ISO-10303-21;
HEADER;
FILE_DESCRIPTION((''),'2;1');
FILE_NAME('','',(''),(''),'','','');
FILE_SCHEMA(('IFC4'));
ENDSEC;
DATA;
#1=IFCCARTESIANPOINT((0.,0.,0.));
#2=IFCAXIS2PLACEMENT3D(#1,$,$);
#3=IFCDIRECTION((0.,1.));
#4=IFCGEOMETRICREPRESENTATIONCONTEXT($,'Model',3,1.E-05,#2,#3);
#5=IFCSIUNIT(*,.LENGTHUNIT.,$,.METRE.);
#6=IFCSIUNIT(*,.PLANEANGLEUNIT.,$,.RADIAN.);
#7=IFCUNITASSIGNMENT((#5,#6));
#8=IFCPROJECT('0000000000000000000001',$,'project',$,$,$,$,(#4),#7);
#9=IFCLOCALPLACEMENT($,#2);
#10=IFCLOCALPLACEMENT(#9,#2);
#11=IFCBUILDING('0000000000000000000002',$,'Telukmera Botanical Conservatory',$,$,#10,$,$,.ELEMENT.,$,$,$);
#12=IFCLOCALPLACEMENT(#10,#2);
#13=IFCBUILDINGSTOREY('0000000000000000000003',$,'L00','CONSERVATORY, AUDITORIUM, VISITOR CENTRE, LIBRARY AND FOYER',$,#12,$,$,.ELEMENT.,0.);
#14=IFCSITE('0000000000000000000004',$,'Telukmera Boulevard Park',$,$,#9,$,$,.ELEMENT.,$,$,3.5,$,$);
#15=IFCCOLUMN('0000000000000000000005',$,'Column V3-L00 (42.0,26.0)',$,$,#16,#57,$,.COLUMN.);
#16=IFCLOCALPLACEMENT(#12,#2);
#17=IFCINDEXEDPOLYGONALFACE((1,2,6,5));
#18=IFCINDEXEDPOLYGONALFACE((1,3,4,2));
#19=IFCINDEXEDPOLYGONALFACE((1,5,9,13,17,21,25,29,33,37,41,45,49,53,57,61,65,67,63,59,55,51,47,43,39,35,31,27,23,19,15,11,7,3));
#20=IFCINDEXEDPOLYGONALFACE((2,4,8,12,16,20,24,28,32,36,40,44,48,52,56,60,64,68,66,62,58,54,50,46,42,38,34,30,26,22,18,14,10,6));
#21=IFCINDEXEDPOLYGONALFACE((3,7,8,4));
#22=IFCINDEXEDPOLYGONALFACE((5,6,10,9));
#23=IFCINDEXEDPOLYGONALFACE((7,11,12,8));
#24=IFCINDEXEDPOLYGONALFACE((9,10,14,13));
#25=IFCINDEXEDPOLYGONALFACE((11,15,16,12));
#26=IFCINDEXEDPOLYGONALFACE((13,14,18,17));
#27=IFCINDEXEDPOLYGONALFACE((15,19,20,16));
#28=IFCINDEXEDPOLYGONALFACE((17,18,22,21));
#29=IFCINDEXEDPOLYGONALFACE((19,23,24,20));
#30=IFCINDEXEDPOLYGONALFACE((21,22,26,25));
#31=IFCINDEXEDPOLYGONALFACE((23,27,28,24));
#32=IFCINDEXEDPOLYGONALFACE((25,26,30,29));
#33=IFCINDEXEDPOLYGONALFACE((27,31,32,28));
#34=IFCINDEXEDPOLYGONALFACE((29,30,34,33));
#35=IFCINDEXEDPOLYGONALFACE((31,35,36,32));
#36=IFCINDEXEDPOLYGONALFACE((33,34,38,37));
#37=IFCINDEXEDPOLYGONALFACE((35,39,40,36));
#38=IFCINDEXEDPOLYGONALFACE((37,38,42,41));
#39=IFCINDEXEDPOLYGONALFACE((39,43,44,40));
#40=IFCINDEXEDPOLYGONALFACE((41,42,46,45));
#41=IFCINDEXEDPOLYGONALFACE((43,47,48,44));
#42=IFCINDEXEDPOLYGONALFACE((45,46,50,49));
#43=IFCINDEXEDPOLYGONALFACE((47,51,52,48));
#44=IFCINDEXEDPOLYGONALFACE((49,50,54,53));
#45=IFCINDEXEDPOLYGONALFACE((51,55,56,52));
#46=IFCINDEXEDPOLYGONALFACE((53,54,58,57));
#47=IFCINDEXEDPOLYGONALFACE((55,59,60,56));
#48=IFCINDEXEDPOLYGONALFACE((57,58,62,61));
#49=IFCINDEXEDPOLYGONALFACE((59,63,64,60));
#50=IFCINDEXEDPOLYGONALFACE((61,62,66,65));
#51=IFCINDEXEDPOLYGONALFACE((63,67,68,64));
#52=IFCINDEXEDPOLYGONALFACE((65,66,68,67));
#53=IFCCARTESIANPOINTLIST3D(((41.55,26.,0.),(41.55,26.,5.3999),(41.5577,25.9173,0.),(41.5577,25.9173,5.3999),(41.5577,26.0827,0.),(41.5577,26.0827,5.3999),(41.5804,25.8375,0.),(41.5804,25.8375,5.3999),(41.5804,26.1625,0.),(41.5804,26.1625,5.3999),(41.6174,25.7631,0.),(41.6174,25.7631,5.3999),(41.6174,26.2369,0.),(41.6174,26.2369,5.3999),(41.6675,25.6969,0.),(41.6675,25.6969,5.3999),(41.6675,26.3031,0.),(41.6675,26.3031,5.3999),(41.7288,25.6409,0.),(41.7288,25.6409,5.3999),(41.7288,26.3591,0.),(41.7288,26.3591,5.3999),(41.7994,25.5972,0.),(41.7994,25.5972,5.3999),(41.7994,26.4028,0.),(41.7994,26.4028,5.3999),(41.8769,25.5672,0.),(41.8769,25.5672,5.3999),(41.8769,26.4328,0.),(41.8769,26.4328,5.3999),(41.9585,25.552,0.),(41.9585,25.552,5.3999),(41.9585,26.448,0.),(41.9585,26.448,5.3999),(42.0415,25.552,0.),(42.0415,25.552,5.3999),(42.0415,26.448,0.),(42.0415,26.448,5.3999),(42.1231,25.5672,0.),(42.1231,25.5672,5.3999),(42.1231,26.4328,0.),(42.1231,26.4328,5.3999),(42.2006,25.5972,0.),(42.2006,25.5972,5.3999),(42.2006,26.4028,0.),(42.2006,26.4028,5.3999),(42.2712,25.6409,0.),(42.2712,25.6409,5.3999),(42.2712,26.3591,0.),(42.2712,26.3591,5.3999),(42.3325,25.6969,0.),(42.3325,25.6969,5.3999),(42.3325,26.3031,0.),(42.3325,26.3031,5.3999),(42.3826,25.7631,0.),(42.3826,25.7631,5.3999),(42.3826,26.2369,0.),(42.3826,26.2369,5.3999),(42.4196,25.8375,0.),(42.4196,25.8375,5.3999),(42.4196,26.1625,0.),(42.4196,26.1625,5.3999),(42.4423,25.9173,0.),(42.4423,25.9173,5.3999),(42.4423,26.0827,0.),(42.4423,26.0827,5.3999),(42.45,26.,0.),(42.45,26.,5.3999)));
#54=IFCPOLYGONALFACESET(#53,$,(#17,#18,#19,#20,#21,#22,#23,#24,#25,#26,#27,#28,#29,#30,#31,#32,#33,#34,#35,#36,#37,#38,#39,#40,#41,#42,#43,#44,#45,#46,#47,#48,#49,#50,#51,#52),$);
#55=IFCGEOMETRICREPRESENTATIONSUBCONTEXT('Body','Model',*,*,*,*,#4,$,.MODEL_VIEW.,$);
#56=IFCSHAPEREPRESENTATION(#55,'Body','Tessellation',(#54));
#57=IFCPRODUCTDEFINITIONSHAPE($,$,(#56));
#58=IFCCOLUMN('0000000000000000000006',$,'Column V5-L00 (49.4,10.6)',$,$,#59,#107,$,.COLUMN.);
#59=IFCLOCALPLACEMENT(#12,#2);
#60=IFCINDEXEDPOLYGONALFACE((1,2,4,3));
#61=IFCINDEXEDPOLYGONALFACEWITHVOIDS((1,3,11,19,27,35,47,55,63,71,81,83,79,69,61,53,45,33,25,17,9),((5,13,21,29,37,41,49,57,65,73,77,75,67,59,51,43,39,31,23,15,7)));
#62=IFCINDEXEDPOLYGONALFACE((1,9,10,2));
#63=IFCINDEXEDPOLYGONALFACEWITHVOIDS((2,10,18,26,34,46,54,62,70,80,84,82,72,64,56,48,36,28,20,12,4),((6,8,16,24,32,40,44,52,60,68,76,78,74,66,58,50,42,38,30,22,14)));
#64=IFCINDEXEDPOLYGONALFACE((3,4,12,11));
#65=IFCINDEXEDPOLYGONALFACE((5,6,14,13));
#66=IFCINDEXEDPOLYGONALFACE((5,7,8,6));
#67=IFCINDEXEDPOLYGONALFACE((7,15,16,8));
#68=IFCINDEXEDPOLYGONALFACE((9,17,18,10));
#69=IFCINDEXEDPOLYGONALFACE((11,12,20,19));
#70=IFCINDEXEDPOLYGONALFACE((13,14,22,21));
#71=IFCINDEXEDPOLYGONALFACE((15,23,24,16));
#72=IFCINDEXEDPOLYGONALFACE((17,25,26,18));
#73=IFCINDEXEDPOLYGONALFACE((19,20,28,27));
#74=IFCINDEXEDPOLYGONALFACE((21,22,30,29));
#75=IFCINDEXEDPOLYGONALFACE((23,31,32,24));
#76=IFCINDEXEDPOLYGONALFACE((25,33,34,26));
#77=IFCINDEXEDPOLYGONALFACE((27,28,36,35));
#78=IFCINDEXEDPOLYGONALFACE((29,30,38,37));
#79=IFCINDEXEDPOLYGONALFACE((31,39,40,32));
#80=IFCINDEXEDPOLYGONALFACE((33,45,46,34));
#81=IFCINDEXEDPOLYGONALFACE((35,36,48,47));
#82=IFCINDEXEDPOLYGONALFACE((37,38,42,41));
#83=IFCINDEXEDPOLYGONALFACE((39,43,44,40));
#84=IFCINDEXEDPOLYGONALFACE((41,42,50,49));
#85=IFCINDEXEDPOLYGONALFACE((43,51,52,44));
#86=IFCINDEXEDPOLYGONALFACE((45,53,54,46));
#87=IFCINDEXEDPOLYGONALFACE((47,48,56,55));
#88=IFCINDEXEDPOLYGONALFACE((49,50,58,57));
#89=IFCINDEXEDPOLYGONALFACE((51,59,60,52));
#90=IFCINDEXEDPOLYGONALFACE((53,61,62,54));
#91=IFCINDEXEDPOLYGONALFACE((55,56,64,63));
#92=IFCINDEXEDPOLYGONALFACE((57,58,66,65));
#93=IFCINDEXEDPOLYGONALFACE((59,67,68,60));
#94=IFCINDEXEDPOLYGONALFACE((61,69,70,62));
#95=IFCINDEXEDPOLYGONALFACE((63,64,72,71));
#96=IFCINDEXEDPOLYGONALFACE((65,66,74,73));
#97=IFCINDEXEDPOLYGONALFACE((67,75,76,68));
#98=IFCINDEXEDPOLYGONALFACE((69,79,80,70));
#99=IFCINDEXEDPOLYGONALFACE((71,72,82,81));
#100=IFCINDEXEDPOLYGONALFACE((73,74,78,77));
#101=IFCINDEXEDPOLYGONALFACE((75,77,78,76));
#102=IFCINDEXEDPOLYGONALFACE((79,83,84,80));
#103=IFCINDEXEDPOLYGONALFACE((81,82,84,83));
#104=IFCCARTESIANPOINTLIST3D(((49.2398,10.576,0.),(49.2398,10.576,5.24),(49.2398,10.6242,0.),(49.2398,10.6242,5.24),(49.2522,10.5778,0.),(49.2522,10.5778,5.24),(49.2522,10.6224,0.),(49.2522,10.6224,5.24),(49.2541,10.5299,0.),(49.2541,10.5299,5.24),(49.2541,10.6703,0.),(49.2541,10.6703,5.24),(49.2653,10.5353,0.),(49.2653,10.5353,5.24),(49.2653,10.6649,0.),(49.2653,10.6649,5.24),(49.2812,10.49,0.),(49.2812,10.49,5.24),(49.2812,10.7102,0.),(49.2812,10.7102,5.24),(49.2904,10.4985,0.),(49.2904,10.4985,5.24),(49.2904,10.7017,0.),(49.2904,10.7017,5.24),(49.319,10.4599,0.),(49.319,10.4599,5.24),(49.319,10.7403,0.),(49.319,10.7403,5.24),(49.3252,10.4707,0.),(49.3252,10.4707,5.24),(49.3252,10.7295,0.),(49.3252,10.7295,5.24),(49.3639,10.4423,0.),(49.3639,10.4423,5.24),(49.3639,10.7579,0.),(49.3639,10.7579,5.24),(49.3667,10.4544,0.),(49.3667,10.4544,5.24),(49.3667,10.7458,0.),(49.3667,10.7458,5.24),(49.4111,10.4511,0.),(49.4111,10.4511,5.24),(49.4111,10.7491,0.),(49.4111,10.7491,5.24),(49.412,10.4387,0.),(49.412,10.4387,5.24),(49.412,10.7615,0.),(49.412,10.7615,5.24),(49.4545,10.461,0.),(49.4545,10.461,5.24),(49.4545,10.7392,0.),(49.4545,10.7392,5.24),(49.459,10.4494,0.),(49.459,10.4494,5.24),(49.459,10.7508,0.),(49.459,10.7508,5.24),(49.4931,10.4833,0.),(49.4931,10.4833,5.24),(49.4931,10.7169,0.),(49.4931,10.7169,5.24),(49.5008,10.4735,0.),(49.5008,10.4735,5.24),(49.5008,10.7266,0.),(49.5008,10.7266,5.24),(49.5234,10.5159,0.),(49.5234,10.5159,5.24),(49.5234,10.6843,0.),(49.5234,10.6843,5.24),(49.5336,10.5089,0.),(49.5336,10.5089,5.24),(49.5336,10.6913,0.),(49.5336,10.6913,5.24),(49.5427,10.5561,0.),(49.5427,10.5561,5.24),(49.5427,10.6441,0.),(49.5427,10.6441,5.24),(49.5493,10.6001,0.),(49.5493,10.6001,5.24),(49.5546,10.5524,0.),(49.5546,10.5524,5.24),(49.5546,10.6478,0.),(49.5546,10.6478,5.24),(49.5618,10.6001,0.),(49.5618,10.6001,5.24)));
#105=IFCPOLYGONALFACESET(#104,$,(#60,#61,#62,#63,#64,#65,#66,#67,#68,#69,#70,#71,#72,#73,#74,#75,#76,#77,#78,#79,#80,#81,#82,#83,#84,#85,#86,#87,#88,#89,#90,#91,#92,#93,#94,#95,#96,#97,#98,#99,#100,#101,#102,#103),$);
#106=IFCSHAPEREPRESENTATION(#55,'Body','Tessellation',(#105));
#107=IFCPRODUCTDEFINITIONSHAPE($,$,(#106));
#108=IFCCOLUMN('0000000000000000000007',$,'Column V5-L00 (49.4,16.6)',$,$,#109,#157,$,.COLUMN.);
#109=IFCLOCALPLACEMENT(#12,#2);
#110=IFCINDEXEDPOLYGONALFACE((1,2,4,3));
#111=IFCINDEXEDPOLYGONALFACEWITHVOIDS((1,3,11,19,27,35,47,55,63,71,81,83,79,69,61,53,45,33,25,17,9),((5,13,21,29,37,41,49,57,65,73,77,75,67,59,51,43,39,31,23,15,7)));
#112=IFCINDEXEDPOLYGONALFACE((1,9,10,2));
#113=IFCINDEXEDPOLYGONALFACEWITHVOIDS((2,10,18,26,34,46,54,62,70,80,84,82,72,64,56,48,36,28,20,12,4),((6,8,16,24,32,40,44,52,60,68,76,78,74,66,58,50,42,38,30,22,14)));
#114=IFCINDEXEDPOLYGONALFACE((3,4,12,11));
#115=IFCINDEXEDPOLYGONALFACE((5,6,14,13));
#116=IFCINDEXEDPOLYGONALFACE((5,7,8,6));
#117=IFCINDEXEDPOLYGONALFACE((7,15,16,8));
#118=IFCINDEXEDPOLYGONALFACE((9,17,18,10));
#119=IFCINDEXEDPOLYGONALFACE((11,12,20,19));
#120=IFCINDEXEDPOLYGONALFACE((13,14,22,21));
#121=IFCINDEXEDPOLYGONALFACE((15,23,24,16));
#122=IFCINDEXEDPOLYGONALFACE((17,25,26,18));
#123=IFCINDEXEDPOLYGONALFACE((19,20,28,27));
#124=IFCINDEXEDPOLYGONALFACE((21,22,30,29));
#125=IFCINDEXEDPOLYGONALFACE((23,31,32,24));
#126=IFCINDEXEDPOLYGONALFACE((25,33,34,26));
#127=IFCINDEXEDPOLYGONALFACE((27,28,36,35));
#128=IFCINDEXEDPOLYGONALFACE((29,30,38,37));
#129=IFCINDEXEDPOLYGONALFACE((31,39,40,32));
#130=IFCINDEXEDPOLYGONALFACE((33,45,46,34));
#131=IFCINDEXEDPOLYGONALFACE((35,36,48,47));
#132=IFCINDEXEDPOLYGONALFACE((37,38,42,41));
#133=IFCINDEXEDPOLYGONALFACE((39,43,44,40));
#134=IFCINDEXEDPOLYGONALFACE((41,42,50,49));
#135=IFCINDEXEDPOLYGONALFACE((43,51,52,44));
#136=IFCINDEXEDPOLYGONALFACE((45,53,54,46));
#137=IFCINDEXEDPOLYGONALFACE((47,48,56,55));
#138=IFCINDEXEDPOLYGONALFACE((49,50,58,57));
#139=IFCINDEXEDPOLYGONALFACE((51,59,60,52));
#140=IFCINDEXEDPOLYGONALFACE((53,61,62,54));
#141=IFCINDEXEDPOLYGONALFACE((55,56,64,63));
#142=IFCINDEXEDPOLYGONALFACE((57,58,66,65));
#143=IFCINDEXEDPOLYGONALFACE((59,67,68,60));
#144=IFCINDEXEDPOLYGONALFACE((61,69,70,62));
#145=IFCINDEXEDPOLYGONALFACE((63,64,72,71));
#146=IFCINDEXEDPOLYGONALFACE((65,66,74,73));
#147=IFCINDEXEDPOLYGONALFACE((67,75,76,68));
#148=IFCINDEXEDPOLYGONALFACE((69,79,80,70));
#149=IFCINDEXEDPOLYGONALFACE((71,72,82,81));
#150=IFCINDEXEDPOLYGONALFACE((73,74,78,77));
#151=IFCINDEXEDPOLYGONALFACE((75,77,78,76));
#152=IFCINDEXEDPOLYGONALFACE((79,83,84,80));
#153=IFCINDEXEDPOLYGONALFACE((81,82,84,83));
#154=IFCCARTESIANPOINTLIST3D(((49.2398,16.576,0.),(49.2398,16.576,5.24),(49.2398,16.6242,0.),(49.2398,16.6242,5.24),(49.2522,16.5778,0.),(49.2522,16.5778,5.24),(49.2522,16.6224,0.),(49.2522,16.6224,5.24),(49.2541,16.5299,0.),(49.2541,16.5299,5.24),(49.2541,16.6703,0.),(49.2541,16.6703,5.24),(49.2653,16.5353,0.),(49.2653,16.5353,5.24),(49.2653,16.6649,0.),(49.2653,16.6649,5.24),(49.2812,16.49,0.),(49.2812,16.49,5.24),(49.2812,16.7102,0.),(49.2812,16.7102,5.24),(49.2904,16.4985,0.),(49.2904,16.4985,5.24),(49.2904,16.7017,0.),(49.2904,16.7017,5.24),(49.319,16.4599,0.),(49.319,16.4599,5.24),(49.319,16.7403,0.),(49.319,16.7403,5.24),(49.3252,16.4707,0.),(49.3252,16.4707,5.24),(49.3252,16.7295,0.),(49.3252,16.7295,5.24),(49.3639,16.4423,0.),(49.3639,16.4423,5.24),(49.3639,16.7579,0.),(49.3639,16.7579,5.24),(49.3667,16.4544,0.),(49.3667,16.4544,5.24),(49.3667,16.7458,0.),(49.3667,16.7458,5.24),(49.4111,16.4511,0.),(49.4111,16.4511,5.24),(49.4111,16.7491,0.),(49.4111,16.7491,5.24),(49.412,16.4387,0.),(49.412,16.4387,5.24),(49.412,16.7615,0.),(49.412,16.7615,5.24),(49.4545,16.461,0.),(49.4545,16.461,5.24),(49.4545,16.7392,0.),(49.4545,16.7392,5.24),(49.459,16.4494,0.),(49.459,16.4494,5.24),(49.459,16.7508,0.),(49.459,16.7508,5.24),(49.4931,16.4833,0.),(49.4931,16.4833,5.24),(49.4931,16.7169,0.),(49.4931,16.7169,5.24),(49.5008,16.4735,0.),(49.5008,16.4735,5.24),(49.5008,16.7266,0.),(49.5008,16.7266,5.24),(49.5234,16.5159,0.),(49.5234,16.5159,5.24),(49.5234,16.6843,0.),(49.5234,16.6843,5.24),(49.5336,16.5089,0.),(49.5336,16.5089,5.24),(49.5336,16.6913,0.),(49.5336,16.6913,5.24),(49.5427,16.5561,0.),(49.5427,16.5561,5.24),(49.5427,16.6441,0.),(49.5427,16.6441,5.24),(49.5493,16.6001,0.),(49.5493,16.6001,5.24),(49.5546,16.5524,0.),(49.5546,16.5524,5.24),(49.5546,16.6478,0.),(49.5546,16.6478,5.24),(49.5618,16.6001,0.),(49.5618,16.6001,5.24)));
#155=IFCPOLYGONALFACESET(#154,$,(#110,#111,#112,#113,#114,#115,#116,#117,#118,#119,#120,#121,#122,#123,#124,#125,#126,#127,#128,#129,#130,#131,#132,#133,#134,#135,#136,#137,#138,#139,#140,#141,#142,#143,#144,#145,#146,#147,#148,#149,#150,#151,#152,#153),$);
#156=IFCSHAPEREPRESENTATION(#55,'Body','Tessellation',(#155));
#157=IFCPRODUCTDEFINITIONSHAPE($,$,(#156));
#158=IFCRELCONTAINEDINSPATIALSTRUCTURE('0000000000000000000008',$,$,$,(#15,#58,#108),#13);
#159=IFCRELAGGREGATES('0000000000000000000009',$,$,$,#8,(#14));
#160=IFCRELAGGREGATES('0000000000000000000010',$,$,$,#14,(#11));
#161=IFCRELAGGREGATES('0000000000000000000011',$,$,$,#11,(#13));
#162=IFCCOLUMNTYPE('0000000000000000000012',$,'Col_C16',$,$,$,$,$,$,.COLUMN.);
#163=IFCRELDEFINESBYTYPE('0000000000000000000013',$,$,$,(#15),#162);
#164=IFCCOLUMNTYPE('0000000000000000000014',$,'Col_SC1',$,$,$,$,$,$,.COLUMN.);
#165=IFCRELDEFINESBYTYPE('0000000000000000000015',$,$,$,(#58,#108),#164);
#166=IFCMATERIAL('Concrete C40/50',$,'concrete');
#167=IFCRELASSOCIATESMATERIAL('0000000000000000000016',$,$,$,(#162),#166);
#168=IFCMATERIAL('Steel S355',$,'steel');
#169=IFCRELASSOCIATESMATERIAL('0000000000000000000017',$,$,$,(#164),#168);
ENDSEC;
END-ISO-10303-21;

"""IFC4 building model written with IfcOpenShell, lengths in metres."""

from ifc_helpers import new_model, si_unit, direction, frame, origin, origin_2d, place, context, subcontext, project, spatial, circle, hollow_circle, extrude, material, material_profile, profile_set, type_object, element, save


model = new_model("IFC4")

# Units and contexts
model_context = context("Model", 3, precision=1e-05, world=origin(), true_north=direction((0.0, 1.0)))
body_context = subcontext(model_context, "Body", "Model", "MODEL_VIEW")
ifc_project = project(units=[si_unit("LENGTHUNIT", "METRE"), si_unit("PLANEANGLEUNIT", "RADIAN")], contexts=[model_context])

# Site, building, storey
site_placement = place(None, origin())
site = spatial("IfcSite", under=ifc_project, at=site_placement, Name="Telukmera Boulevard Park", CompositionType="ELEMENT", RefElevation=3.5)
building_placement = place(site_placement, origin())
building = spatial("IfcBuilding", under=site, at=building_placement, Name="Telukmera Botanical Conservatory", CompositionType="ELEMENT")
storey_placement = place(building_placement, origin())
storey = spatial("IfcBuildingStorey", under=building, at=storey_placement, Name="L00", Description="CONSERVATORY, AUDITORIUM, VISITOR CENTRE, LIBRARY AND FOYER", CompositionType="ELEMENT", Elevation=0.0)

# Columns
ifc_material_1 = material(Name="Concrete C40/50", Category="concrete")
ifc_material_profile_1 = material_profile(ifc_material_1, circle(Radius=0.45, at=origin_2d()), Name="RC D900")
ifc_profile_set_1 = profile_set([ifc_material_profile_1], Name="Concrete C40/50")
column_type_1 = type_object("IfcColumnType", Name="Col_C16", PredefinedType="COLUMN", material=ifc_profile_set_1)
column_placement = place(storey_placement, frame((42.0, 26.0, 0.0), z_axis=(0.0, 0.0, 1.0), x_axis=(1.0, 0.0, 0.0)))
element("IfcColumn", 1, at=column_placement, inside=storey, type_object=column_type_1, Name="Column V3-L00 (42.0,26.0)", PredefinedType="COLUMN", context=body_context, shape_type="SweptSolid", body=[
    extrude(circle(Radius=0.45, at=origin_2d()), origin(), (0.0, 0.0, 1.0), 5.3999),
])
ifc_material_2 = material(Name="Steel S355", Category="steel")
ifc_material_profile_2 = material_profile(ifc_material_2, hollow_circle(Radius=0.1619, WallThickness=0.0125, at=origin_2d()), Name="CHS 323.9x12.5")
ifc_profile_set_2 = profile_set([ifc_material_profile_2], Name="Steel S355")
column_type_2 = type_object("IfcColumnType", Name="Col_SC1", PredefinedType="COLUMN", material=ifc_profile_set_2)
for number, where, z_axis, x_axis, name in (
    (2, (49.3999, 10.6001, 0.0), (0.0, 0.0, 1.0), (1.0, 0.0, 0.0), "Column V5-L00 (49.4,10.6)"),
    (3, (49.3999, 16.6001, 0.0), (0.0, 0.0, 1.0), (1.0, 0.0, 0.0), "Column V5-L00 (49.4,16.6)"),
):
    element("IfcColumn", number, at=place(storey_placement, frame(where, z_axis=z_axis, x_axis=x_axis)), inside=storey, type_object=column_type_2, Name=name, PredefinedType="COLUMN", context=body_context, shape_type="SweptSolid", body=[
        extrude(hollow_circle(Radius=0.1619, WallThickness=0.0125, at=origin_2d()), origin(), (0.0, 0.0, 1.0), 5.24),
    ])

save(model, "model.ifc")
